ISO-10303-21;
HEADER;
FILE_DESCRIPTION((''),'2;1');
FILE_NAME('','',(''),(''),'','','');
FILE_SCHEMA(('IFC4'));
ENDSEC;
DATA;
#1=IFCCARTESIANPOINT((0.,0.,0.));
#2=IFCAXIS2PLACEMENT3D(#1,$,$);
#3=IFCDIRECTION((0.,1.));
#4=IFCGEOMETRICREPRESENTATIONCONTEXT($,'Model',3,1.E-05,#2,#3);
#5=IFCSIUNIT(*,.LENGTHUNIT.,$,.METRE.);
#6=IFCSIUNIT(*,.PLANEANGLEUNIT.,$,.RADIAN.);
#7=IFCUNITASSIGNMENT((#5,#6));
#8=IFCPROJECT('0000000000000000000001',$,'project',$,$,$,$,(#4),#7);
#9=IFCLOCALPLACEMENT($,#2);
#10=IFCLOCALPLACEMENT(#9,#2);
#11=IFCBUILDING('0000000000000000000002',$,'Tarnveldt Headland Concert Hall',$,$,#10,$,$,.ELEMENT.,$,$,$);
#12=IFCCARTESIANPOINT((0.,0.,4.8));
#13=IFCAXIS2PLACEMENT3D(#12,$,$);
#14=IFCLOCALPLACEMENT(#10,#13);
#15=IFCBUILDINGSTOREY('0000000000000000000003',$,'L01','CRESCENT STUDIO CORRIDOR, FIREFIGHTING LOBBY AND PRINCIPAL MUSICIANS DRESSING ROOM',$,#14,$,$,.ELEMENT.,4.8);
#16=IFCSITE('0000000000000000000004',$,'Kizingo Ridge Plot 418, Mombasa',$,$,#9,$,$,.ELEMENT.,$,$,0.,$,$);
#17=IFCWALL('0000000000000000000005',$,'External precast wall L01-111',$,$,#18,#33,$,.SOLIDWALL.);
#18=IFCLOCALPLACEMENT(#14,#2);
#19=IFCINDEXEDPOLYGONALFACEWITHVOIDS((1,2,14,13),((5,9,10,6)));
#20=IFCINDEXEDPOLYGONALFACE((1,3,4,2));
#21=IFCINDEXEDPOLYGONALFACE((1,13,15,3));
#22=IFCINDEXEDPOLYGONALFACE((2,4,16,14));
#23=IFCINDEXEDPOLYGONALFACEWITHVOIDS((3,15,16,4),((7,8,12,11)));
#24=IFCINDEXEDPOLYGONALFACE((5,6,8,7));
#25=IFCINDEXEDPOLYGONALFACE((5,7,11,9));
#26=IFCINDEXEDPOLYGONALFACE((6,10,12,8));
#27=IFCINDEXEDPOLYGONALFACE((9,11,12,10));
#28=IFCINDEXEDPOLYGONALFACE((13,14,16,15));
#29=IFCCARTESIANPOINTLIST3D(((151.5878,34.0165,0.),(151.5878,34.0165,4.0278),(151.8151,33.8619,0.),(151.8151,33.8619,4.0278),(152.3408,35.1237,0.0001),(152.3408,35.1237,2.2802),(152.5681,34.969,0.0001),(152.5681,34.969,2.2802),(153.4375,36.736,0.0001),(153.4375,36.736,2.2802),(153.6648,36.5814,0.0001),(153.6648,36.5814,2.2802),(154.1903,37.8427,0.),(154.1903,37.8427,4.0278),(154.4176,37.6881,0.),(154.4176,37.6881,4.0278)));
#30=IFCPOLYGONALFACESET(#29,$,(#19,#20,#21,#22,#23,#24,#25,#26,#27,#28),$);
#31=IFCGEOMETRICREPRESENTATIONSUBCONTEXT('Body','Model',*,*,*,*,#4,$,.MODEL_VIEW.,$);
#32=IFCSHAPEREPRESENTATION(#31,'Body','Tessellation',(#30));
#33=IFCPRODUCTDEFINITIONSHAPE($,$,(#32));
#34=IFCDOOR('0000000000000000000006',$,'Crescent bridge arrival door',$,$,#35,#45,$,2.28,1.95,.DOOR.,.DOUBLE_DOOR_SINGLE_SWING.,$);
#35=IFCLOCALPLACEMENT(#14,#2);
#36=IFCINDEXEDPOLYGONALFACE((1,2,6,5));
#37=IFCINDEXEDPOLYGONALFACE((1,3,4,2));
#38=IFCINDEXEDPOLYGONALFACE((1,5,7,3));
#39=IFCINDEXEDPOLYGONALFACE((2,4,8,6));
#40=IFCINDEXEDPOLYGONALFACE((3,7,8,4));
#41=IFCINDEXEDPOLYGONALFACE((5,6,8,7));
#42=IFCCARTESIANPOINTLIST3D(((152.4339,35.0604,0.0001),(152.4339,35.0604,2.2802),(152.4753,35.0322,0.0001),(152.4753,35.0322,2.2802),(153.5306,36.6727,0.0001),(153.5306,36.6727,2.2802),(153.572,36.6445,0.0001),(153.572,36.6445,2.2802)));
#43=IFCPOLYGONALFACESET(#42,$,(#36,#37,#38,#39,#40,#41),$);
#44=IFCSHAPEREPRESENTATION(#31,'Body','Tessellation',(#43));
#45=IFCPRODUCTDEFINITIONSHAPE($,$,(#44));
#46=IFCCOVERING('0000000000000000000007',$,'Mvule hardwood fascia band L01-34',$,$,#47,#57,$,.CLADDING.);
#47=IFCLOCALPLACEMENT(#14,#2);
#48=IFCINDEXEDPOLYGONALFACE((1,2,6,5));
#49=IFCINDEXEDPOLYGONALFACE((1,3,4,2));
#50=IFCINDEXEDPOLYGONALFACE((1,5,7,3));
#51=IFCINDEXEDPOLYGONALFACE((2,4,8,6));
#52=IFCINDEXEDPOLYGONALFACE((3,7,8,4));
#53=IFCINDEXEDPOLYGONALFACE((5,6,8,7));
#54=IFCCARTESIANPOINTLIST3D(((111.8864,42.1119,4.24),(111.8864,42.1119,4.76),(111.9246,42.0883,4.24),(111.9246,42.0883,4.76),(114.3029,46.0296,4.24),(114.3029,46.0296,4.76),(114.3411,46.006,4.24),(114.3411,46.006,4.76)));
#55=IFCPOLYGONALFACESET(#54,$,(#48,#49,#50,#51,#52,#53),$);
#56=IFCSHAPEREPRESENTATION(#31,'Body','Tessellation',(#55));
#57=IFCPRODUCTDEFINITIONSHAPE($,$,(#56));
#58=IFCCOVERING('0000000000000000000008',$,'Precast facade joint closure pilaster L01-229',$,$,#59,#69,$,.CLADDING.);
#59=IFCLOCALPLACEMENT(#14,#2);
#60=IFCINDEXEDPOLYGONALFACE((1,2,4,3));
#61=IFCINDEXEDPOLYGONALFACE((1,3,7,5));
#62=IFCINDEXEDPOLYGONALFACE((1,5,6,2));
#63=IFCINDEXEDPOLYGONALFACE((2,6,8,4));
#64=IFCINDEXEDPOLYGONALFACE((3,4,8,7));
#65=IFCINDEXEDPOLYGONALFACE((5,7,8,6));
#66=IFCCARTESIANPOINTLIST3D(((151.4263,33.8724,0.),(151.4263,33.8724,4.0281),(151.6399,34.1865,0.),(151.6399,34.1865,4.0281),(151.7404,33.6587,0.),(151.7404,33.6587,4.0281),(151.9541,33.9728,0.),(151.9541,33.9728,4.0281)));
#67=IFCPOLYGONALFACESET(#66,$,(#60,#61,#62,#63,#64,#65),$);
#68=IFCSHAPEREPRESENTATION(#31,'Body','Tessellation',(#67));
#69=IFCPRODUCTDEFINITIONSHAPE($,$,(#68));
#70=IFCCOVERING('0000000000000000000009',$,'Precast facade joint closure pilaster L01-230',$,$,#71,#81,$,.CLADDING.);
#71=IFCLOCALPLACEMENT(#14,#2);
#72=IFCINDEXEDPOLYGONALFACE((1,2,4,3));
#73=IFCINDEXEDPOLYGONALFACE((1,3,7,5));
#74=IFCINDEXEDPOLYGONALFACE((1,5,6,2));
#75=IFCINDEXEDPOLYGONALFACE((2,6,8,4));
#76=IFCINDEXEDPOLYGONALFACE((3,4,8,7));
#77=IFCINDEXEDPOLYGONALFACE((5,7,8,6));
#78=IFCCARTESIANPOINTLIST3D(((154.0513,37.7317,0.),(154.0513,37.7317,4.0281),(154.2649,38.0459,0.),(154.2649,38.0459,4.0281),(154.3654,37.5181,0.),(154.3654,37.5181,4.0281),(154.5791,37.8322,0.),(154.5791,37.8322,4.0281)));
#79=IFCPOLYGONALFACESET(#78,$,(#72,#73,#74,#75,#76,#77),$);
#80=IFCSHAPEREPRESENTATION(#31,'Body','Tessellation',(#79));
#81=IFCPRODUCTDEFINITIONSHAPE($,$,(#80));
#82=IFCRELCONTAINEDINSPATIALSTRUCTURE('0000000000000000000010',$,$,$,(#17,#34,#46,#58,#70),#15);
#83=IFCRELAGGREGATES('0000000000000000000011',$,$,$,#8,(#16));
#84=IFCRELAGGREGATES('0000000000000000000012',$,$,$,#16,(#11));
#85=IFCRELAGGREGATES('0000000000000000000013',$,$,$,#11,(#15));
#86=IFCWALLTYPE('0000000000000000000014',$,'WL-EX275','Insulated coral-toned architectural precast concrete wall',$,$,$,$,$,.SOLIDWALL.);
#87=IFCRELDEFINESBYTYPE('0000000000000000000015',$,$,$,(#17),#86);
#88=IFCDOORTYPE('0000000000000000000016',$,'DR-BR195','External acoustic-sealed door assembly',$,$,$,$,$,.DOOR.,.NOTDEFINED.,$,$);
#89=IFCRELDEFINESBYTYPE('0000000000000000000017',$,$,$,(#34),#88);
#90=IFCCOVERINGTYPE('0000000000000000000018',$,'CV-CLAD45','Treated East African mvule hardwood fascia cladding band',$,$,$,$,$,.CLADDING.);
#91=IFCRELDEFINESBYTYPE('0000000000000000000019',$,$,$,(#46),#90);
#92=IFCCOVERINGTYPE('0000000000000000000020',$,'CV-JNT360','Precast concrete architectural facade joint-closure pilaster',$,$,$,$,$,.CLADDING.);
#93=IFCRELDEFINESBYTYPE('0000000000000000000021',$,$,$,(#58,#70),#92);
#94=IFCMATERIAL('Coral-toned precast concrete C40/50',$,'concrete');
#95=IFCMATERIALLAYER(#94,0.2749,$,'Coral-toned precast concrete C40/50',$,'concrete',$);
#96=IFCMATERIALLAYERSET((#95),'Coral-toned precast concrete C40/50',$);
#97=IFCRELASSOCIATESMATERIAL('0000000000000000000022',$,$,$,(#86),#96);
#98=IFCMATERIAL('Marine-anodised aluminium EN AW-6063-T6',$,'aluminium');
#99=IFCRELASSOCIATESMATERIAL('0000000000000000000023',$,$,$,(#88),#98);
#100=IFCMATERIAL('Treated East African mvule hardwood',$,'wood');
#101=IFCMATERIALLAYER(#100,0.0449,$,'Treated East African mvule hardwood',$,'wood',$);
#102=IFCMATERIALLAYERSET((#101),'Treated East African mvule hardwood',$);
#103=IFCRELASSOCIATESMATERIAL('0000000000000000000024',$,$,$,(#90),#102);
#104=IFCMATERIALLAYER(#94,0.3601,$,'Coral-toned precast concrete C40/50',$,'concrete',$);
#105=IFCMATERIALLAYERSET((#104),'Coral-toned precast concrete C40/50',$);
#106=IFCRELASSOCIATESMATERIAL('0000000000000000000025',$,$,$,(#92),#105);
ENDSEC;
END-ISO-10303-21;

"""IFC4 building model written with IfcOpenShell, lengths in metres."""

from ifc_helpers import new_model, si_unit, direction, frame, frame_2d, origin, origin_2d, place, context, subcontext, project, spatial, rectangle, extrude, material, layer, layer_set, type_object, element, fill, save


model = new_model("IFC4")

# Units and contexts
model_context = context("Model", 3, precision=1e-05, world=origin(), true_north=direction((0.0, 1.0)))
body_context = subcontext(model_context, "Body", "Model", "MODEL_VIEW")
ifc_project = project(units=[si_unit("LENGTHUNIT", "METRE"), si_unit("PLANEANGLEUNIT", "RADIAN")], contexts=[model_context])

# Site, building, storey
site_placement = place(None, origin())
site = spatial("IfcSite", under=ifc_project, at=site_placement, Name="Kizingo Ridge Plot 418, Mombasa", CompositionType="ELEMENT", RefElevation=0.0)
building_placement = place(site_placement, origin())
building = spatial("IfcBuilding", under=site, at=building_placement, Name="Tarnveldt Headland Concert Hall", CompositionType="ELEMENT")
storey_placement = place(building_placement, frame((0.0, 0.0, 4.8)))
storey = spatial("IfcBuildingStorey", under=building, at=storey_placement, Name="L01", Description="CRESCENT STUDIO CORRIDOR, FIREFIGHTING LOBBY AND PRINCIPAL MUSICIANS DRESSING ROOM", CompositionType="ELEMENT", Elevation=4.8)

# Shared definitions
ifc_material_1 = material(Name="Marine-anodised aluminium EN AW-6063-T6", Category="aluminium")

# Wall, opening, door
ifc_material_2 = material(Name="Coral-toned precast concrete C40/50", Category="concrete")
ifc_layer_1 = layer(ifc_material_2, 0.2749, Name="Coral-toned precast concrete C40/50", Category="concrete")
ifc_layer_set_1 = layer_set([ifc_layer_1], Name="Coral-toned precast concrete C40/50")
wall_type = type_object("IfcWallType", Name="WL-EX275", Description="Insulated coral-toned architectural precast concrete wall", PredefinedType="SOLIDWALL", material=ifc_layer_set_1)
wall_placement = place(storey_placement, frame((151.7014, 33.9392, 0.0), z_axis=(0.0, 0.0, 1.0), x_axis=(0.56242, 0.826852, 0.0)))
wall = element("IfcWall", 1, at=wall_placement, inside=storey, type_object=wall_type, Name="External precast wall L01-111", PredefinedType="SOLIDWALL", context=body_context, shape_type="SweptSolid", body=[
    extrude(rectangle(XDim=4.6274, YDim=0.2749, at=frame_2d((2.3137, 0.0))), origin(), (0.0, 0.0, 1.0), 4.0278),
])
opening_placement = place(wall_placement, frame((1.3389, 0.0, 0.0)))
opening = element("IfcOpeningElement", 2, at=opening_placement, cuts=wall, PredefinedType="OPENING", context=body_context, shape_type="SweptSolid", body=[
    extrude(rectangle(XDim=1.95, YDim=2.28, at=frame_2d((0.9751, 1.1401))), frame((0.0, 0.1475, 0.0), z_axis=(0.0, -1.0, 0.0), x_axis=(1.0, 0.0, 0.0)), (0.0, 0.0, 1.0), 0.2949),
])
door_type = type_object("IfcDoorType", Name="DR-BR195", Description="External acoustic-sealed door assembly", OperationType="NOTDEFINED", PredefinedType="DOOR", material=ifc_material_1)
door_placement = place(opening_placement, origin())
door = element("IfcDoor", 3, at=door_placement, inside=storey, type_object=door_type, Name="Crescent bridge arrival door", OperationType="DOUBLE_DOOR_SINGLE_SWING", OverallHeight=2.28, OverallWidth=1.95, PredefinedType="DOOR", context=body_context, shape_type="SweptSolid", body=[
    extrude(rectangle(XDim=1.95, YDim=2.28, at=frame_2d((0.9751, 1.1401))), frame((0.0, 0.0249, 0.0), z_axis=(0.0, -1.0, 0.0), x_axis=(1.0, 0.0, 0.0)), (0.0, 0.0, 1.0), 0.05),
])
fill(opening, door)

# Coverings
ifc_material_3 = material(Name="Treated East African mvule hardwood", Category="wood")
ifc_layer_2 = layer(ifc_material_3, 0.0449, Name="Treated East African mvule hardwood", Category="wood")
ifc_layer_set_2 = layer_set([ifc_layer_2], Name="Treated East African mvule hardwood")
covering_type_1 = type_object("IfcCoveringType", Name="CV-CLAD45", Description="Treated East African mvule hardwood fascia cladding band", PredefinedType="CLADDING", material=ifc_layer_set_2)
covering_placement = place(storey_placement, frame((111.9055, 42.1001, 4.24), z_axis=(0.0, 0.0, 1.0), x_axis=(0.524979, 0.851115, 0.0)))
element("IfcCovering", 4, at=covering_placement, inside=storey, type_object=covering_type_1, Name="Mvule hardwood fascia band L01-34", PredefinedType="CLADDING", context=body_context, shape_type="SweptSolid", body=[
    extrude(rectangle(XDim=4.603, YDim=0.0449, at=frame_2d((2.3015, 0.0))), origin(), (0.0, 0.0, 1.0), 0.52),
])
ifc_layer_3 = layer(ifc_material_2, 0.3601, Name="Coral-toned precast concrete C40/50", Category="concrete")
ifc_layer_set_3 = layer_set([ifc_layer_3], Name="Coral-toned precast concrete C40/50")
covering_type_2 = type_object("IfcCoveringType", Name="CV-JNT360", Description="Precast concrete architectural facade joint-closure pilaster", PredefinedType="CLADDING", material=ifc_layer_set_3)
for number, where, z_axis, x_axis, name in (
    (5, (151.6902, 33.9226, 0.0), (0.0, 0.0, 1.0), (0.562372, 0.826884, 0.0), "Precast facade joint closure pilaster L01-229"),
    (6, (154.3152, 37.782, 0.0), (0.0, 0.0, 1.0), (0.562372, 0.826884, 0.0), "Precast facade joint closure pilaster L01-230"),
):
    element("IfcCovering", number, at=place(storey_placement, frame(where, z_axis=z_axis, x_axis=x_axis)), inside=storey, type_object=covering_type_2, Name=name, PredefinedType="CLADDING", context=body_context, shape_type="SweptSolid", body=[
        extrude(rectangle(XDim=0.3799, YDim=0.3799, at=origin_2d()), origin(), (0.0, 0.0, 1.0), 4.0281),
    ])

save(model, "model.ifc")
